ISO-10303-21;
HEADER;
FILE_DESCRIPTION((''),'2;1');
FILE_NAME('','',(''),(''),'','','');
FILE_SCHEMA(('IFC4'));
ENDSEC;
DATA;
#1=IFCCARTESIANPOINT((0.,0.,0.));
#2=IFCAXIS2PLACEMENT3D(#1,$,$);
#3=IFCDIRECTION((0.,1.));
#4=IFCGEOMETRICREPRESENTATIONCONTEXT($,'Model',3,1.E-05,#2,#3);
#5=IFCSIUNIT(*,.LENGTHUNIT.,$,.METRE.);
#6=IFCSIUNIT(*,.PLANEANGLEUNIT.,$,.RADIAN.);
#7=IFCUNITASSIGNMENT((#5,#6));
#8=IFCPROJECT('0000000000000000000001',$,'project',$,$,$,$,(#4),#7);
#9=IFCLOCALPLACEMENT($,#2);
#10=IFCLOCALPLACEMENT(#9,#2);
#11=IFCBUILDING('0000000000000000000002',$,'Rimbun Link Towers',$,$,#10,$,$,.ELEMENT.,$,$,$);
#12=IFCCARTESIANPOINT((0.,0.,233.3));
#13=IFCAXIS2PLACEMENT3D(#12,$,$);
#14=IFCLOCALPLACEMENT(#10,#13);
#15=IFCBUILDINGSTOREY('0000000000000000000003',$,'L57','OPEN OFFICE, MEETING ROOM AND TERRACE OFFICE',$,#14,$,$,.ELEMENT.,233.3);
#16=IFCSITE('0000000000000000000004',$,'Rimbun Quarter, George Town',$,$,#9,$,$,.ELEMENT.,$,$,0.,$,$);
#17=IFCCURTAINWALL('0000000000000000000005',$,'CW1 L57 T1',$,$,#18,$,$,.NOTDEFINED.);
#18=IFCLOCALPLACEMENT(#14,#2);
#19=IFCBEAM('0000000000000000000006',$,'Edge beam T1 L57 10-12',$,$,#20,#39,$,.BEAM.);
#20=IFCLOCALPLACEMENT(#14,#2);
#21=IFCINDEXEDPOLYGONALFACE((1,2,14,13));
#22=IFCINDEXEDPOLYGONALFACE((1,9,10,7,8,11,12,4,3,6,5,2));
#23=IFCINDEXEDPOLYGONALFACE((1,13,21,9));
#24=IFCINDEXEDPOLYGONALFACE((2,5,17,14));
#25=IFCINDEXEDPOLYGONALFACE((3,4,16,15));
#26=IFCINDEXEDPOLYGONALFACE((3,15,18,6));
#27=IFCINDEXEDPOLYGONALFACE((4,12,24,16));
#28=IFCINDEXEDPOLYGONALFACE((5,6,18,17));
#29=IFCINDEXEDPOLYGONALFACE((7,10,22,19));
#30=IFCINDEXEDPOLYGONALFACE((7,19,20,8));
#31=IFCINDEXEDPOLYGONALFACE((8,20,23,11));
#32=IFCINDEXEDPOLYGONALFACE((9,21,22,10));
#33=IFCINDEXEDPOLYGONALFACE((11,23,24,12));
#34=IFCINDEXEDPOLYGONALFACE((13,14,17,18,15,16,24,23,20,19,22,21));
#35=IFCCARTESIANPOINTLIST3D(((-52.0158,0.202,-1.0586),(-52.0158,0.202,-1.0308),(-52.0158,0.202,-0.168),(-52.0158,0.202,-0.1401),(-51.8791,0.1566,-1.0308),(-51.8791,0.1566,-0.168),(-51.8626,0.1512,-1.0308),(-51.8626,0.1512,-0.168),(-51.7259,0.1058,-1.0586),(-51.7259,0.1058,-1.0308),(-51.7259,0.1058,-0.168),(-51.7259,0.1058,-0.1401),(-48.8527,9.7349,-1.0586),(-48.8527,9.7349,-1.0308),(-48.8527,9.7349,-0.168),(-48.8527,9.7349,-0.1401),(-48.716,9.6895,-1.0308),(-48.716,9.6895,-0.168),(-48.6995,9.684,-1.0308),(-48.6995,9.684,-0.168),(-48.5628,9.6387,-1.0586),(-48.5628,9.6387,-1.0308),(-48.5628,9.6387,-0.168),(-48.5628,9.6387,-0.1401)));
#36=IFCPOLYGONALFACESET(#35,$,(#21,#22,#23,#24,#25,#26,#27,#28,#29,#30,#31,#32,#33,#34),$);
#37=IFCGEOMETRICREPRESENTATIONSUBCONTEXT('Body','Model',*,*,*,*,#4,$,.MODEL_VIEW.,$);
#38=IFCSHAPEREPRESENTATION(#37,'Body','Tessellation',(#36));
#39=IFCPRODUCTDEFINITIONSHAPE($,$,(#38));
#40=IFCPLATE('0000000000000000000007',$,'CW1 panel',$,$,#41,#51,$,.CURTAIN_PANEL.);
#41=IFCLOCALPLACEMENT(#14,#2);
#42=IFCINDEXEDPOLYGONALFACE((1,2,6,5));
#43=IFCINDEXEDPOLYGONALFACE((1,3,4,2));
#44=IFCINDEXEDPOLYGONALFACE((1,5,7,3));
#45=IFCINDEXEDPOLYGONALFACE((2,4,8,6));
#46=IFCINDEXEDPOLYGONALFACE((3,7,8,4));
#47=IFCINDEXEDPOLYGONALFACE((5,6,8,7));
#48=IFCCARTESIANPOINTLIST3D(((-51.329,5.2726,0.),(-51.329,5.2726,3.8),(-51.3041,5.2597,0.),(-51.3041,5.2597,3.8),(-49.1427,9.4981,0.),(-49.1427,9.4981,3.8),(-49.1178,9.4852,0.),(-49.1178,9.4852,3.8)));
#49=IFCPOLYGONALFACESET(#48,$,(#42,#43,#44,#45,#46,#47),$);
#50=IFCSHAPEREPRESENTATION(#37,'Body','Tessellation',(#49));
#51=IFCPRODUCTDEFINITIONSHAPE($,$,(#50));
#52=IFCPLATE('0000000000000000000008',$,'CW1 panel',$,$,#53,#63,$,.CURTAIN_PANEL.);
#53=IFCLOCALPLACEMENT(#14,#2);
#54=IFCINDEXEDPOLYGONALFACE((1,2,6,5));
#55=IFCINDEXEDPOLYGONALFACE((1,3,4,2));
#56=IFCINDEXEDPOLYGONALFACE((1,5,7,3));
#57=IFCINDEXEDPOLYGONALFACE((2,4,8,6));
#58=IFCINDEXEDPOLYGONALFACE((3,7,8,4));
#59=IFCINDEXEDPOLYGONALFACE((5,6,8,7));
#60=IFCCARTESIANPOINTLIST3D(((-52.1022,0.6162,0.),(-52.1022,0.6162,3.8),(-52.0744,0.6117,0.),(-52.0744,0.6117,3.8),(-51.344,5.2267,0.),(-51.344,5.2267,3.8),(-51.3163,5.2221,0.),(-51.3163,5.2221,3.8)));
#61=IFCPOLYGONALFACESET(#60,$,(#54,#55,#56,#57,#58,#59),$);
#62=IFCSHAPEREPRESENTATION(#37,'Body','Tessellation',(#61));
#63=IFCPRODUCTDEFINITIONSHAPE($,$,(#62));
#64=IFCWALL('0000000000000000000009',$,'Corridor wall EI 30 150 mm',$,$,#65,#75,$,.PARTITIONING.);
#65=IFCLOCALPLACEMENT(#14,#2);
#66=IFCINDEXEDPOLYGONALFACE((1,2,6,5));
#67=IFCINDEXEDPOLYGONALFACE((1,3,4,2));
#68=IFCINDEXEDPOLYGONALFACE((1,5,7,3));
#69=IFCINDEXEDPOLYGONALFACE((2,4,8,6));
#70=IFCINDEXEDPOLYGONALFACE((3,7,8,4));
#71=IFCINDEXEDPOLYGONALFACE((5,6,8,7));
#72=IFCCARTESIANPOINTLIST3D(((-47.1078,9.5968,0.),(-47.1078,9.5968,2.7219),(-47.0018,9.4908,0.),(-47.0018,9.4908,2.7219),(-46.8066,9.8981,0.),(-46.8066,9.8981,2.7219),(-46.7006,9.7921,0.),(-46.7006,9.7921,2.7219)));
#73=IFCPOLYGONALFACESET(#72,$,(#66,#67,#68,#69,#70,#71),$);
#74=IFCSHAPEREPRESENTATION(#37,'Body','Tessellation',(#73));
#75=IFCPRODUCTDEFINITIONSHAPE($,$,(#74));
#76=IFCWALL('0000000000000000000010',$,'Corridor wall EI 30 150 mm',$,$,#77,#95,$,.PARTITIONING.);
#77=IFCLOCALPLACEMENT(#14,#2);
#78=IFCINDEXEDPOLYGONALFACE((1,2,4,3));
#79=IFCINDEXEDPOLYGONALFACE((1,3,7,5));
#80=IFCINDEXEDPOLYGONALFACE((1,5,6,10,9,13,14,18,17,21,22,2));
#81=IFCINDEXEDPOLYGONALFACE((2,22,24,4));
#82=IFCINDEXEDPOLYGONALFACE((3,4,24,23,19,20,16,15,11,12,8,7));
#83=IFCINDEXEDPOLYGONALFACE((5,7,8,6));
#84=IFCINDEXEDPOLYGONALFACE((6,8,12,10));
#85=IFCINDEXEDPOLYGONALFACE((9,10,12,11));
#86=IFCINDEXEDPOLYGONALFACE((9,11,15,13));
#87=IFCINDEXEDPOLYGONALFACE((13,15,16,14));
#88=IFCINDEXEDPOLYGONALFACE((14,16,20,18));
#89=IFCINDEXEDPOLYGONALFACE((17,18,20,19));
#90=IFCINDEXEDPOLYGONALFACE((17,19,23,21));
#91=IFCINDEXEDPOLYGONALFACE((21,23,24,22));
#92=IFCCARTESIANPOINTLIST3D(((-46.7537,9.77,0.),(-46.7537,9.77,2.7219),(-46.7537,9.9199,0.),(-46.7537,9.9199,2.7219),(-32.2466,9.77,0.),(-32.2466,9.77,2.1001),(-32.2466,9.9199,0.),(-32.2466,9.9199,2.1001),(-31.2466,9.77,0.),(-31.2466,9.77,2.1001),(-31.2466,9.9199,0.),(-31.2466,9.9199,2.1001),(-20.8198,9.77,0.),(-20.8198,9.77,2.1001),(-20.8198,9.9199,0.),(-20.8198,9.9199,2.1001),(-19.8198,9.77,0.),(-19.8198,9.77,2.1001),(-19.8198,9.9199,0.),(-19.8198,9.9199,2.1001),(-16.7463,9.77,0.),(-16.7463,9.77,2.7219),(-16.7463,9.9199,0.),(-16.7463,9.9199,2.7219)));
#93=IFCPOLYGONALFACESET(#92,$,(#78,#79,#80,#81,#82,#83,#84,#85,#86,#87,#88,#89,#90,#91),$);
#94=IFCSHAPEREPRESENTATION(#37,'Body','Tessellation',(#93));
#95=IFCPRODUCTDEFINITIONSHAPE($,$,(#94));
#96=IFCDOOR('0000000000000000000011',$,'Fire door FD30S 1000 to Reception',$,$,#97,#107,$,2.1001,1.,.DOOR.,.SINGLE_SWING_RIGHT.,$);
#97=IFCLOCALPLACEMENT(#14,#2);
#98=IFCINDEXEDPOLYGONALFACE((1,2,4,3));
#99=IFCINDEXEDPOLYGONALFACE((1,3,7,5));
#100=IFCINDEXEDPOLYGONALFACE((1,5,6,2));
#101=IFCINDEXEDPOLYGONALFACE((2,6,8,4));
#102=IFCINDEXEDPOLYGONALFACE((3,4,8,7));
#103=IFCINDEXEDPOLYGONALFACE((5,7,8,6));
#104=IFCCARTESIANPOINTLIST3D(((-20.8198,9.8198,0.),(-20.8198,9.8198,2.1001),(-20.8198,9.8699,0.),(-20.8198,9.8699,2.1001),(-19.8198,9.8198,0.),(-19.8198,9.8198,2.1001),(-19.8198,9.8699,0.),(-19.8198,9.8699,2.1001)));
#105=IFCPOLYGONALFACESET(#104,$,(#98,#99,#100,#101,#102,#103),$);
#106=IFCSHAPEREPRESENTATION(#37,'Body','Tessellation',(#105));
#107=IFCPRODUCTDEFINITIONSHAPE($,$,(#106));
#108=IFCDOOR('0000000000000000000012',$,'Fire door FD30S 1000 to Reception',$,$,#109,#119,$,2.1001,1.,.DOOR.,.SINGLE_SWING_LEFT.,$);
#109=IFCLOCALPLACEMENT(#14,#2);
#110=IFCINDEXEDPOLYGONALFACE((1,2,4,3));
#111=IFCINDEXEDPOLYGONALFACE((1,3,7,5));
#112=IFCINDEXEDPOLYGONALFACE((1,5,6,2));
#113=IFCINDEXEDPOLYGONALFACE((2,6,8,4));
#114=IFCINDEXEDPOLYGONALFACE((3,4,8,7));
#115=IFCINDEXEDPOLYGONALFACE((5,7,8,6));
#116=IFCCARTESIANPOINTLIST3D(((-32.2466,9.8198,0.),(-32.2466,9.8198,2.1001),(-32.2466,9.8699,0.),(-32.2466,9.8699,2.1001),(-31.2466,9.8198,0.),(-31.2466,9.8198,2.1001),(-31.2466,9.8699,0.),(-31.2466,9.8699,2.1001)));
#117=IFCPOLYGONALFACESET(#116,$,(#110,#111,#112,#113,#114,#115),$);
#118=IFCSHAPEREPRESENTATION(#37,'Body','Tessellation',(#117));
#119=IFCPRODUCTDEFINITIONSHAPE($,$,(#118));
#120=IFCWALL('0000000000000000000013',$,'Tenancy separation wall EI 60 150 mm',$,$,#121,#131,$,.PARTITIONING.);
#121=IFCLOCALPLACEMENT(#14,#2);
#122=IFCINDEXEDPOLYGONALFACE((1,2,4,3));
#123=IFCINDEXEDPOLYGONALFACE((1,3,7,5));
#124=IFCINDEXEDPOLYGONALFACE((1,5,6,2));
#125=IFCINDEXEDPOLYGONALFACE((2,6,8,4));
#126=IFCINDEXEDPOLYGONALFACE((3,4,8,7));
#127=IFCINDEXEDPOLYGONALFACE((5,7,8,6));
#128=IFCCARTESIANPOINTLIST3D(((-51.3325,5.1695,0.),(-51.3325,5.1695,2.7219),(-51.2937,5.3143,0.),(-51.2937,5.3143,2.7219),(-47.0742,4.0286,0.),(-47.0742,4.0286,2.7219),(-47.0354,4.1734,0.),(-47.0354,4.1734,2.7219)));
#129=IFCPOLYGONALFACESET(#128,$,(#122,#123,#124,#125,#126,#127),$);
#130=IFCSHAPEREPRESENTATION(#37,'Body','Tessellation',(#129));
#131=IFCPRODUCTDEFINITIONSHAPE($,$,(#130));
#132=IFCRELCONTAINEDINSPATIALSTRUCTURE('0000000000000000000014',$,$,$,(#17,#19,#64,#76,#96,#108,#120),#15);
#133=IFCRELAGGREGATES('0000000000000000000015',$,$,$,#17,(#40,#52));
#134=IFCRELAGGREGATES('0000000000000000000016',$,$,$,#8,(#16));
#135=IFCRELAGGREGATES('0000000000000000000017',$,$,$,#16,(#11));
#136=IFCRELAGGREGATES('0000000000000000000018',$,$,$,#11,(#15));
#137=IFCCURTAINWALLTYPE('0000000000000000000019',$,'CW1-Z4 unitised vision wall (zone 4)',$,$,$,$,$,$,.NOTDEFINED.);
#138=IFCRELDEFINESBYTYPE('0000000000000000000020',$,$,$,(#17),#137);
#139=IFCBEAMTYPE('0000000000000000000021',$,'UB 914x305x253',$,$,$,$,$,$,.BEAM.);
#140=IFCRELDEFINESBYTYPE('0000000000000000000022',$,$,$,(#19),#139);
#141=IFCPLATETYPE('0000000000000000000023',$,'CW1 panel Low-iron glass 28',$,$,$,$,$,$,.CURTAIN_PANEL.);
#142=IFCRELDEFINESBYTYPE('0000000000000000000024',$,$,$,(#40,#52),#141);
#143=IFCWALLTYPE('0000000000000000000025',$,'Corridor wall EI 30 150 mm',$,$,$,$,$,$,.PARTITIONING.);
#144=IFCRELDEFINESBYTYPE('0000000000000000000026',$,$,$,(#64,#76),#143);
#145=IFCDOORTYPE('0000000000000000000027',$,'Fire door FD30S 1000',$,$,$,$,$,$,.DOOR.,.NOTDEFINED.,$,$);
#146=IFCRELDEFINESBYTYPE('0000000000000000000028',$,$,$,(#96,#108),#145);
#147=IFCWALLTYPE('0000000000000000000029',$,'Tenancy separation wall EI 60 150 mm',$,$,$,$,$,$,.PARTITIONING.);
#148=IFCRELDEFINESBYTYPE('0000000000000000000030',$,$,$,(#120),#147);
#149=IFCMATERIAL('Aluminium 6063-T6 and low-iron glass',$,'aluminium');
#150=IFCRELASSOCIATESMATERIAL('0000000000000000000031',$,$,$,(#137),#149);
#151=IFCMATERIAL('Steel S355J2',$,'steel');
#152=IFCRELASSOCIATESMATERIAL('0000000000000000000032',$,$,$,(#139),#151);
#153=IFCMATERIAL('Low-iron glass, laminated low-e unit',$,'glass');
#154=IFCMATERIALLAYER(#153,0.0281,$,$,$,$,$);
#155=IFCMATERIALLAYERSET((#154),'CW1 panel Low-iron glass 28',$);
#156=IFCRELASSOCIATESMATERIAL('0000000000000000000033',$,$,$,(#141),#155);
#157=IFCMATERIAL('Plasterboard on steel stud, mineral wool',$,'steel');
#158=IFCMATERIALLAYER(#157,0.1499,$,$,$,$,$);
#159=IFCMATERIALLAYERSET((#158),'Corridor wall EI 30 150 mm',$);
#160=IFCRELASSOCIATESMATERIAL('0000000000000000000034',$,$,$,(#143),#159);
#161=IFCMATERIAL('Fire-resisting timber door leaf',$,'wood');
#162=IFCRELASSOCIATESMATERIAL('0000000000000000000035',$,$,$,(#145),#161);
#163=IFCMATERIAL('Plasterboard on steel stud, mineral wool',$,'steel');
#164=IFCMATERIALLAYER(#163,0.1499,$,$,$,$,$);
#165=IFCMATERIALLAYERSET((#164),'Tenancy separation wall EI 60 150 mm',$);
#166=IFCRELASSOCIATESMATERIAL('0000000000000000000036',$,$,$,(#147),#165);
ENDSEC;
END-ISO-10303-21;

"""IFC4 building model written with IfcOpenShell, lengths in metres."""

from ifc_helpers import new_model, si_unit, direction, frame, frame_2d, origin, origin_2d, place, context, subcontext, project, spatial, rectangle, i_section, extrude, material, layer, layer_set, material_profile, profile_set, type_object, element, fill, aggregate, save


model = new_model("IFC4")

# Units and contexts
model_context = context("Model", 3, precision=1e-05, world=origin(), true_north=direction((0.0, 1.0)))
body_context = subcontext(model_context, "Body", "Model", "MODEL_VIEW")
ifc_project = project(units=[si_unit("LENGTHUNIT", "METRE"), si_unit("PLANEANGLEUNIT", "RADIAN")], contexts=[model_context])

# Site, building, storey
site_placement = place(None, origin())
site = spatial("IfcSite", under=ifc_project, at=site_placement, Name="Rimbun Quarter, George Town", CompositionType="ELEMENT", RefElevation=0.0)
building_placement = place(site_placement, origin())
building = spatial("IfcBuilding", under=site, at=building_placement, Name="Rimbun Link Towers", CompositionType="ELEMENT")
storey_placement = place(building_placement, frame((0.0, 0.0, 233.3)))
storey = spatial("IfcBuildingStorey", under=building, at=storey_placement, Name="L57", Description="OPEN OFFICE, MEETING ROOM AND TERRACE OFFICE", CompositionType="ELEMENT", Elevation=233.3)

# Curtain wall
ifc_material_1 = material(Name="Aluminium 6063-T6 and low-iron glass", Category="aluminium")
curtain_wall_type = type_object("IfcCurtainWallType", Name="CW1-Z4 unitised vision wall (zone 4)", PredefinedType="NOTDEFINED", material=ifc_material_1)
curtain_wall_placement = place(storey_placement, origin())
curtain_wall = element("IfcCurtainWall", 1, at=curtain_wall_placement, inside=storey, type_object=curtain_wall_type, Name="CW1 L57 T1", PredefinedType="NOTDEFINED")

# Beam
ifc_material_2 = material(Name="Steel S355J2", Category="steel")
ifc_material_profile_1 = material_profile(ifc_material_2, i_section(OverallWidth=0.3054, OverallDepth=0.9185, WebThickness=0.0173, FlangeThickness=0.0278, at=origin_2d()), Name="UB 914x305x253")
ifc_profile_set_1 = profile_set([ifc_material_profile_1], Name="Steel S355J2")
beam_type_1 = type_object("IfcBeamType", Name="UB 914x305x253", PredefinedType="BEAM", material=ifc_profile_set_1)
beam_1_placement = place(storey_placement, frame((-48.7078, 9.6868, -0.5994), z_axis=(-0.314922, -0.949117, 0.0), x_axis=(0.949117, -0.314922, 0.0)))
element("IfcBeam", 2, at=beam_1_placement, inside=storey, type_object=beam_type_1, Name="Edge beam T1 L57 10-12", PredefinedType="BEAM", context=body_context, shape_type="SweptSolid", body=[
    extrude(i_section(OverallWidth=0.3054, OverallDepth=0.9185, WebThickness=0.0173, FlangeThickness=0.0278, at=origin_2d()), origin(), (0.0, 0.0, 1.0), 10.0439),
])

# Plates
ifc_material_3 = material(Name="Low-iron glass, laminated low-e unit", Category="glass")
ifc_layer_1 = layer(ifc_material_3, 0.0281)
ifc_layer_set_1 = layer_set([ifc_layer_1], Name="CW1 panel Low-iron glass 28")
plate_type = type_object("IfcPlateType", Name="CW1 panel Low-iron glass 28", PredefinedType="CURTAIN_PANEL", material=ifc_layer_set_1)
plate_1_placement = place(storey_placement, frame((-50.2234, 7.3789, 0.0), z_axis=(0.0, 0.0, 1.0), x_axis=(0.45955, 0.888152, 0.0)))
plate_1 = element("IfcPlate", 3, at=plate_1_placement, type_object=plate_type, Name="CW1 panel", PredefinedType="CURTAIN_PANEL", context=body_context, shape_type="SweptSolid", body=[
    extrude(rectangle(XDim=4.7576, YDim=0.0281, at=origin_2d()), origin(), (0.0, 0.0, 1.0), 3.8),
])
plate_2_placement = place(storey_placement, frame((-51.7092, 2.9192, 0.0), z_axis=(0.0, 0.0, 1.0), x_axis=(0.162262, 0.986748, 0.0)))
plate_2 = element("IfcPlate", 4, at=plate_2_placement, type_object=plate_type, Name="CW1 panel", PredefinedType="CURTAIN_PANEL", context=body_context, shape_type="SweptSolid", body=[
    extrude(rectangle(XDim=4.6724, YDim=0.0281, at=origin_2d()), origin(), (0.0, 0.0, 1.0), 3.8),
])
aggregate(curtain_wall, [plate_1, plate_2])

# Wall
ifc_material_4 = material(Name="Plasterboard on steel stud, mineral wool", Category="steel")
ifc_layer_2 = layer(ifc_material_4, 0.1499)
ifc_layer_set_2 = layer_set([ifc_layer_2], Name="Corridor wall EI 30 150 mm")
wall_type_1 = type_object("IfcWallType", Name="Corridor wall EI 30 150 mm", PredefinedType="PARTITIONING", material=ifc_layer_set_2)
wall_1_placement = place(storey_placement, frame((-46.7537, 9.845, 0.0), z_axis=(0.0, 0.0, 1.0), x_axis=(-0.707107, -0.707107, 0.0)))
element("IfcWall", 5, at=wall_1_placement, inside=storey, type_object=wall_type_1, Name="Corridor wall EI 30 150 mm", PredefinedType="PARTITIONING", context=body_context, shape_type="SweptSolid", body=[
    extrude(rectangle(XDim=0.426, YDim=0.1499, at=frame_2d((0.2129, 0.0))), origin(), (0.0, 0.0, 1.0), 2.7219),
])

# Wall, openings, doors
wall_2_placement = place(storey_placement, frame((-46.7537, 9.845, 0.0), z_axis=(0.0, 0.0, 1.0), x_axis=(1.0, 0.0, 0.0)))
wall_2 = element("IfcWall", 6, at=wall_2_placement, inside=storey, type_object=wall_type_1, Name="Corridor wall EI 30 150 mm", PredefinedType="PARTITIONING", context=body_context, shape_type="SweptSolid", body=[
    extrude(rectangle(XDim=30.0073, YDim=0.1499, at=frame_2d((15.0037, 0.0))), origin(), (0.0, 0.0, 1.0), 2.7219),
])
opening_1_placement = place(wall_2_placement, frame((25.9338, 0.0, 0.0)))
opening_1 = element("IfcOpeningElement", 7, at=opening_1_placement, cuts=wall_2, PredefinedType="OPENING", context=body_context, shape_type="SweptSolid", body=[
    extrude(rectangle(XDim=1.0, YDim=2.1001, at=frame_2d((0.5, 1.05))), frame((0.0, 0.085, 0.0), z_axis=(0.0, -1.0, 0.0), x_axis=(1.0, 0.0, 0.0)), (0.0, 0.0, 1.0), 0.1699),
])
opening_2_placement = place(wall_2_placement, frame((14.5071, 0.0, 0.0)))
opening_2 = element("IfcOpeningElement", 8, at=opening_2_placement, cuts=wall_2, PredefinedType="OPENING", context=body_context, shape_type="SweptSolid", body=[
    extrude(rectangle(XDim=1.0, YDim=2.1001, at=frame_2d((0.5, 1.05))), frame((0.0, 0.085, 0.0), z_axis=(0.0, -1.0, 0.0), x_axis=(1.0, 0.0, 0.0)), (0.0, 0.0, 1.0), 0.1699),
])
ifc_material_5 = material(Name="Fire-resisting timber door leaf", Category="wood")
door_type = type_object("IfcDoorType", Name="Fire door FD30S 1000", OperationType="NOTDEFINED", PredefinedType="DOOR", material=ifc_material_5)
door_1_placement = place(opening_1_placement, origin())
door_1 = element("IfcDoor", 9, at=door_1_placement, inside=storey, type_object=door_type, Name="Fire door FD30S 1000 to Reception", OperationType="SINGLE_SWING_RIGHT", OverallHeight=2.1001, OverallWidth=1.0, PredefinedType="DOOR", context=body_context, shape_type="SweptSolid", body=[
    extrude(rectangle(XDim=1.0, YDim=2.1001, at=frame_2d((0.5, 1.05))), frame((0.0, 0.0249, 0.0), z_axis=(0.0, -1.0, 0.0), x_axis=(1.0, 0.0, 0.0)), (0.0, 0.0, 1.0), 0.05),
])
fill(opening_1, door_1)
door_2_placement = place(opening_2_placement, origin())
door_2 = element("IfcDoor", 10, at=door_2_placement, inside=storey, type_object=door_type, Name="Fire door FD30S 1000 to Reception", OperationType="SINGLE_SWING_LEFT", OverallHeight=2.1001, OverallWidth=1.0, PredefinedType="DOOR", context=body_context, shape_type="SweptSolid", body=[
    extrude(rectangle(XDim=1.0, YDim=2.1001, at=frame_2d((0.5, 1.05))), frame((0.0, 0.0249, 0.0), z_axis=(0.0, -1.0, 0.0), x_axis=(1.0, 0.0, 0.0)), (0.0, 0.0, 1.0), 0.05),
])
fill(opening_2, door_2)

# Wall
ifc_material_6 = material(Name="Plasterboard on steel stud, mineral wool", Category="steel")
ifc_layer_3 = layer(ifc_material_6, 0.1499)
ifc_layer_set_3 = layer_set([ifc_layer_3], Name="Tenancy separation wall EI 60 150 mm")
wall_type_2 = type_object("IfcWallType", Name="Tenancy separation wall EI 60 150 mm", PredefinedType="PARTITIONING", material=ifc_layer_set_3)
wall_3_placement = place(storey_placement, frame((-47.0549, 4.1011, 0.0), z_axis=(0.0, 0.0, 1.0), x_axis=(-0.965934, 0.25879, 0.0)))
element("IfcWall", 11, at=wall_3_placement, inside=storey, type_object=wall_type_2, Name="Tenancy separation wall EI 60 150 mm", PredefinedType="PARTITIONING", context=body_context, shape_type="SweptSolid", body=[
    extrude(rectangle(XDim=4.4084, YDim=0.1499, at=frame_2d((2.2041, 0.0))), origin(), (0.0, 0.0, 1.0), 2.7219),
])

save(model, "model.ifc")
